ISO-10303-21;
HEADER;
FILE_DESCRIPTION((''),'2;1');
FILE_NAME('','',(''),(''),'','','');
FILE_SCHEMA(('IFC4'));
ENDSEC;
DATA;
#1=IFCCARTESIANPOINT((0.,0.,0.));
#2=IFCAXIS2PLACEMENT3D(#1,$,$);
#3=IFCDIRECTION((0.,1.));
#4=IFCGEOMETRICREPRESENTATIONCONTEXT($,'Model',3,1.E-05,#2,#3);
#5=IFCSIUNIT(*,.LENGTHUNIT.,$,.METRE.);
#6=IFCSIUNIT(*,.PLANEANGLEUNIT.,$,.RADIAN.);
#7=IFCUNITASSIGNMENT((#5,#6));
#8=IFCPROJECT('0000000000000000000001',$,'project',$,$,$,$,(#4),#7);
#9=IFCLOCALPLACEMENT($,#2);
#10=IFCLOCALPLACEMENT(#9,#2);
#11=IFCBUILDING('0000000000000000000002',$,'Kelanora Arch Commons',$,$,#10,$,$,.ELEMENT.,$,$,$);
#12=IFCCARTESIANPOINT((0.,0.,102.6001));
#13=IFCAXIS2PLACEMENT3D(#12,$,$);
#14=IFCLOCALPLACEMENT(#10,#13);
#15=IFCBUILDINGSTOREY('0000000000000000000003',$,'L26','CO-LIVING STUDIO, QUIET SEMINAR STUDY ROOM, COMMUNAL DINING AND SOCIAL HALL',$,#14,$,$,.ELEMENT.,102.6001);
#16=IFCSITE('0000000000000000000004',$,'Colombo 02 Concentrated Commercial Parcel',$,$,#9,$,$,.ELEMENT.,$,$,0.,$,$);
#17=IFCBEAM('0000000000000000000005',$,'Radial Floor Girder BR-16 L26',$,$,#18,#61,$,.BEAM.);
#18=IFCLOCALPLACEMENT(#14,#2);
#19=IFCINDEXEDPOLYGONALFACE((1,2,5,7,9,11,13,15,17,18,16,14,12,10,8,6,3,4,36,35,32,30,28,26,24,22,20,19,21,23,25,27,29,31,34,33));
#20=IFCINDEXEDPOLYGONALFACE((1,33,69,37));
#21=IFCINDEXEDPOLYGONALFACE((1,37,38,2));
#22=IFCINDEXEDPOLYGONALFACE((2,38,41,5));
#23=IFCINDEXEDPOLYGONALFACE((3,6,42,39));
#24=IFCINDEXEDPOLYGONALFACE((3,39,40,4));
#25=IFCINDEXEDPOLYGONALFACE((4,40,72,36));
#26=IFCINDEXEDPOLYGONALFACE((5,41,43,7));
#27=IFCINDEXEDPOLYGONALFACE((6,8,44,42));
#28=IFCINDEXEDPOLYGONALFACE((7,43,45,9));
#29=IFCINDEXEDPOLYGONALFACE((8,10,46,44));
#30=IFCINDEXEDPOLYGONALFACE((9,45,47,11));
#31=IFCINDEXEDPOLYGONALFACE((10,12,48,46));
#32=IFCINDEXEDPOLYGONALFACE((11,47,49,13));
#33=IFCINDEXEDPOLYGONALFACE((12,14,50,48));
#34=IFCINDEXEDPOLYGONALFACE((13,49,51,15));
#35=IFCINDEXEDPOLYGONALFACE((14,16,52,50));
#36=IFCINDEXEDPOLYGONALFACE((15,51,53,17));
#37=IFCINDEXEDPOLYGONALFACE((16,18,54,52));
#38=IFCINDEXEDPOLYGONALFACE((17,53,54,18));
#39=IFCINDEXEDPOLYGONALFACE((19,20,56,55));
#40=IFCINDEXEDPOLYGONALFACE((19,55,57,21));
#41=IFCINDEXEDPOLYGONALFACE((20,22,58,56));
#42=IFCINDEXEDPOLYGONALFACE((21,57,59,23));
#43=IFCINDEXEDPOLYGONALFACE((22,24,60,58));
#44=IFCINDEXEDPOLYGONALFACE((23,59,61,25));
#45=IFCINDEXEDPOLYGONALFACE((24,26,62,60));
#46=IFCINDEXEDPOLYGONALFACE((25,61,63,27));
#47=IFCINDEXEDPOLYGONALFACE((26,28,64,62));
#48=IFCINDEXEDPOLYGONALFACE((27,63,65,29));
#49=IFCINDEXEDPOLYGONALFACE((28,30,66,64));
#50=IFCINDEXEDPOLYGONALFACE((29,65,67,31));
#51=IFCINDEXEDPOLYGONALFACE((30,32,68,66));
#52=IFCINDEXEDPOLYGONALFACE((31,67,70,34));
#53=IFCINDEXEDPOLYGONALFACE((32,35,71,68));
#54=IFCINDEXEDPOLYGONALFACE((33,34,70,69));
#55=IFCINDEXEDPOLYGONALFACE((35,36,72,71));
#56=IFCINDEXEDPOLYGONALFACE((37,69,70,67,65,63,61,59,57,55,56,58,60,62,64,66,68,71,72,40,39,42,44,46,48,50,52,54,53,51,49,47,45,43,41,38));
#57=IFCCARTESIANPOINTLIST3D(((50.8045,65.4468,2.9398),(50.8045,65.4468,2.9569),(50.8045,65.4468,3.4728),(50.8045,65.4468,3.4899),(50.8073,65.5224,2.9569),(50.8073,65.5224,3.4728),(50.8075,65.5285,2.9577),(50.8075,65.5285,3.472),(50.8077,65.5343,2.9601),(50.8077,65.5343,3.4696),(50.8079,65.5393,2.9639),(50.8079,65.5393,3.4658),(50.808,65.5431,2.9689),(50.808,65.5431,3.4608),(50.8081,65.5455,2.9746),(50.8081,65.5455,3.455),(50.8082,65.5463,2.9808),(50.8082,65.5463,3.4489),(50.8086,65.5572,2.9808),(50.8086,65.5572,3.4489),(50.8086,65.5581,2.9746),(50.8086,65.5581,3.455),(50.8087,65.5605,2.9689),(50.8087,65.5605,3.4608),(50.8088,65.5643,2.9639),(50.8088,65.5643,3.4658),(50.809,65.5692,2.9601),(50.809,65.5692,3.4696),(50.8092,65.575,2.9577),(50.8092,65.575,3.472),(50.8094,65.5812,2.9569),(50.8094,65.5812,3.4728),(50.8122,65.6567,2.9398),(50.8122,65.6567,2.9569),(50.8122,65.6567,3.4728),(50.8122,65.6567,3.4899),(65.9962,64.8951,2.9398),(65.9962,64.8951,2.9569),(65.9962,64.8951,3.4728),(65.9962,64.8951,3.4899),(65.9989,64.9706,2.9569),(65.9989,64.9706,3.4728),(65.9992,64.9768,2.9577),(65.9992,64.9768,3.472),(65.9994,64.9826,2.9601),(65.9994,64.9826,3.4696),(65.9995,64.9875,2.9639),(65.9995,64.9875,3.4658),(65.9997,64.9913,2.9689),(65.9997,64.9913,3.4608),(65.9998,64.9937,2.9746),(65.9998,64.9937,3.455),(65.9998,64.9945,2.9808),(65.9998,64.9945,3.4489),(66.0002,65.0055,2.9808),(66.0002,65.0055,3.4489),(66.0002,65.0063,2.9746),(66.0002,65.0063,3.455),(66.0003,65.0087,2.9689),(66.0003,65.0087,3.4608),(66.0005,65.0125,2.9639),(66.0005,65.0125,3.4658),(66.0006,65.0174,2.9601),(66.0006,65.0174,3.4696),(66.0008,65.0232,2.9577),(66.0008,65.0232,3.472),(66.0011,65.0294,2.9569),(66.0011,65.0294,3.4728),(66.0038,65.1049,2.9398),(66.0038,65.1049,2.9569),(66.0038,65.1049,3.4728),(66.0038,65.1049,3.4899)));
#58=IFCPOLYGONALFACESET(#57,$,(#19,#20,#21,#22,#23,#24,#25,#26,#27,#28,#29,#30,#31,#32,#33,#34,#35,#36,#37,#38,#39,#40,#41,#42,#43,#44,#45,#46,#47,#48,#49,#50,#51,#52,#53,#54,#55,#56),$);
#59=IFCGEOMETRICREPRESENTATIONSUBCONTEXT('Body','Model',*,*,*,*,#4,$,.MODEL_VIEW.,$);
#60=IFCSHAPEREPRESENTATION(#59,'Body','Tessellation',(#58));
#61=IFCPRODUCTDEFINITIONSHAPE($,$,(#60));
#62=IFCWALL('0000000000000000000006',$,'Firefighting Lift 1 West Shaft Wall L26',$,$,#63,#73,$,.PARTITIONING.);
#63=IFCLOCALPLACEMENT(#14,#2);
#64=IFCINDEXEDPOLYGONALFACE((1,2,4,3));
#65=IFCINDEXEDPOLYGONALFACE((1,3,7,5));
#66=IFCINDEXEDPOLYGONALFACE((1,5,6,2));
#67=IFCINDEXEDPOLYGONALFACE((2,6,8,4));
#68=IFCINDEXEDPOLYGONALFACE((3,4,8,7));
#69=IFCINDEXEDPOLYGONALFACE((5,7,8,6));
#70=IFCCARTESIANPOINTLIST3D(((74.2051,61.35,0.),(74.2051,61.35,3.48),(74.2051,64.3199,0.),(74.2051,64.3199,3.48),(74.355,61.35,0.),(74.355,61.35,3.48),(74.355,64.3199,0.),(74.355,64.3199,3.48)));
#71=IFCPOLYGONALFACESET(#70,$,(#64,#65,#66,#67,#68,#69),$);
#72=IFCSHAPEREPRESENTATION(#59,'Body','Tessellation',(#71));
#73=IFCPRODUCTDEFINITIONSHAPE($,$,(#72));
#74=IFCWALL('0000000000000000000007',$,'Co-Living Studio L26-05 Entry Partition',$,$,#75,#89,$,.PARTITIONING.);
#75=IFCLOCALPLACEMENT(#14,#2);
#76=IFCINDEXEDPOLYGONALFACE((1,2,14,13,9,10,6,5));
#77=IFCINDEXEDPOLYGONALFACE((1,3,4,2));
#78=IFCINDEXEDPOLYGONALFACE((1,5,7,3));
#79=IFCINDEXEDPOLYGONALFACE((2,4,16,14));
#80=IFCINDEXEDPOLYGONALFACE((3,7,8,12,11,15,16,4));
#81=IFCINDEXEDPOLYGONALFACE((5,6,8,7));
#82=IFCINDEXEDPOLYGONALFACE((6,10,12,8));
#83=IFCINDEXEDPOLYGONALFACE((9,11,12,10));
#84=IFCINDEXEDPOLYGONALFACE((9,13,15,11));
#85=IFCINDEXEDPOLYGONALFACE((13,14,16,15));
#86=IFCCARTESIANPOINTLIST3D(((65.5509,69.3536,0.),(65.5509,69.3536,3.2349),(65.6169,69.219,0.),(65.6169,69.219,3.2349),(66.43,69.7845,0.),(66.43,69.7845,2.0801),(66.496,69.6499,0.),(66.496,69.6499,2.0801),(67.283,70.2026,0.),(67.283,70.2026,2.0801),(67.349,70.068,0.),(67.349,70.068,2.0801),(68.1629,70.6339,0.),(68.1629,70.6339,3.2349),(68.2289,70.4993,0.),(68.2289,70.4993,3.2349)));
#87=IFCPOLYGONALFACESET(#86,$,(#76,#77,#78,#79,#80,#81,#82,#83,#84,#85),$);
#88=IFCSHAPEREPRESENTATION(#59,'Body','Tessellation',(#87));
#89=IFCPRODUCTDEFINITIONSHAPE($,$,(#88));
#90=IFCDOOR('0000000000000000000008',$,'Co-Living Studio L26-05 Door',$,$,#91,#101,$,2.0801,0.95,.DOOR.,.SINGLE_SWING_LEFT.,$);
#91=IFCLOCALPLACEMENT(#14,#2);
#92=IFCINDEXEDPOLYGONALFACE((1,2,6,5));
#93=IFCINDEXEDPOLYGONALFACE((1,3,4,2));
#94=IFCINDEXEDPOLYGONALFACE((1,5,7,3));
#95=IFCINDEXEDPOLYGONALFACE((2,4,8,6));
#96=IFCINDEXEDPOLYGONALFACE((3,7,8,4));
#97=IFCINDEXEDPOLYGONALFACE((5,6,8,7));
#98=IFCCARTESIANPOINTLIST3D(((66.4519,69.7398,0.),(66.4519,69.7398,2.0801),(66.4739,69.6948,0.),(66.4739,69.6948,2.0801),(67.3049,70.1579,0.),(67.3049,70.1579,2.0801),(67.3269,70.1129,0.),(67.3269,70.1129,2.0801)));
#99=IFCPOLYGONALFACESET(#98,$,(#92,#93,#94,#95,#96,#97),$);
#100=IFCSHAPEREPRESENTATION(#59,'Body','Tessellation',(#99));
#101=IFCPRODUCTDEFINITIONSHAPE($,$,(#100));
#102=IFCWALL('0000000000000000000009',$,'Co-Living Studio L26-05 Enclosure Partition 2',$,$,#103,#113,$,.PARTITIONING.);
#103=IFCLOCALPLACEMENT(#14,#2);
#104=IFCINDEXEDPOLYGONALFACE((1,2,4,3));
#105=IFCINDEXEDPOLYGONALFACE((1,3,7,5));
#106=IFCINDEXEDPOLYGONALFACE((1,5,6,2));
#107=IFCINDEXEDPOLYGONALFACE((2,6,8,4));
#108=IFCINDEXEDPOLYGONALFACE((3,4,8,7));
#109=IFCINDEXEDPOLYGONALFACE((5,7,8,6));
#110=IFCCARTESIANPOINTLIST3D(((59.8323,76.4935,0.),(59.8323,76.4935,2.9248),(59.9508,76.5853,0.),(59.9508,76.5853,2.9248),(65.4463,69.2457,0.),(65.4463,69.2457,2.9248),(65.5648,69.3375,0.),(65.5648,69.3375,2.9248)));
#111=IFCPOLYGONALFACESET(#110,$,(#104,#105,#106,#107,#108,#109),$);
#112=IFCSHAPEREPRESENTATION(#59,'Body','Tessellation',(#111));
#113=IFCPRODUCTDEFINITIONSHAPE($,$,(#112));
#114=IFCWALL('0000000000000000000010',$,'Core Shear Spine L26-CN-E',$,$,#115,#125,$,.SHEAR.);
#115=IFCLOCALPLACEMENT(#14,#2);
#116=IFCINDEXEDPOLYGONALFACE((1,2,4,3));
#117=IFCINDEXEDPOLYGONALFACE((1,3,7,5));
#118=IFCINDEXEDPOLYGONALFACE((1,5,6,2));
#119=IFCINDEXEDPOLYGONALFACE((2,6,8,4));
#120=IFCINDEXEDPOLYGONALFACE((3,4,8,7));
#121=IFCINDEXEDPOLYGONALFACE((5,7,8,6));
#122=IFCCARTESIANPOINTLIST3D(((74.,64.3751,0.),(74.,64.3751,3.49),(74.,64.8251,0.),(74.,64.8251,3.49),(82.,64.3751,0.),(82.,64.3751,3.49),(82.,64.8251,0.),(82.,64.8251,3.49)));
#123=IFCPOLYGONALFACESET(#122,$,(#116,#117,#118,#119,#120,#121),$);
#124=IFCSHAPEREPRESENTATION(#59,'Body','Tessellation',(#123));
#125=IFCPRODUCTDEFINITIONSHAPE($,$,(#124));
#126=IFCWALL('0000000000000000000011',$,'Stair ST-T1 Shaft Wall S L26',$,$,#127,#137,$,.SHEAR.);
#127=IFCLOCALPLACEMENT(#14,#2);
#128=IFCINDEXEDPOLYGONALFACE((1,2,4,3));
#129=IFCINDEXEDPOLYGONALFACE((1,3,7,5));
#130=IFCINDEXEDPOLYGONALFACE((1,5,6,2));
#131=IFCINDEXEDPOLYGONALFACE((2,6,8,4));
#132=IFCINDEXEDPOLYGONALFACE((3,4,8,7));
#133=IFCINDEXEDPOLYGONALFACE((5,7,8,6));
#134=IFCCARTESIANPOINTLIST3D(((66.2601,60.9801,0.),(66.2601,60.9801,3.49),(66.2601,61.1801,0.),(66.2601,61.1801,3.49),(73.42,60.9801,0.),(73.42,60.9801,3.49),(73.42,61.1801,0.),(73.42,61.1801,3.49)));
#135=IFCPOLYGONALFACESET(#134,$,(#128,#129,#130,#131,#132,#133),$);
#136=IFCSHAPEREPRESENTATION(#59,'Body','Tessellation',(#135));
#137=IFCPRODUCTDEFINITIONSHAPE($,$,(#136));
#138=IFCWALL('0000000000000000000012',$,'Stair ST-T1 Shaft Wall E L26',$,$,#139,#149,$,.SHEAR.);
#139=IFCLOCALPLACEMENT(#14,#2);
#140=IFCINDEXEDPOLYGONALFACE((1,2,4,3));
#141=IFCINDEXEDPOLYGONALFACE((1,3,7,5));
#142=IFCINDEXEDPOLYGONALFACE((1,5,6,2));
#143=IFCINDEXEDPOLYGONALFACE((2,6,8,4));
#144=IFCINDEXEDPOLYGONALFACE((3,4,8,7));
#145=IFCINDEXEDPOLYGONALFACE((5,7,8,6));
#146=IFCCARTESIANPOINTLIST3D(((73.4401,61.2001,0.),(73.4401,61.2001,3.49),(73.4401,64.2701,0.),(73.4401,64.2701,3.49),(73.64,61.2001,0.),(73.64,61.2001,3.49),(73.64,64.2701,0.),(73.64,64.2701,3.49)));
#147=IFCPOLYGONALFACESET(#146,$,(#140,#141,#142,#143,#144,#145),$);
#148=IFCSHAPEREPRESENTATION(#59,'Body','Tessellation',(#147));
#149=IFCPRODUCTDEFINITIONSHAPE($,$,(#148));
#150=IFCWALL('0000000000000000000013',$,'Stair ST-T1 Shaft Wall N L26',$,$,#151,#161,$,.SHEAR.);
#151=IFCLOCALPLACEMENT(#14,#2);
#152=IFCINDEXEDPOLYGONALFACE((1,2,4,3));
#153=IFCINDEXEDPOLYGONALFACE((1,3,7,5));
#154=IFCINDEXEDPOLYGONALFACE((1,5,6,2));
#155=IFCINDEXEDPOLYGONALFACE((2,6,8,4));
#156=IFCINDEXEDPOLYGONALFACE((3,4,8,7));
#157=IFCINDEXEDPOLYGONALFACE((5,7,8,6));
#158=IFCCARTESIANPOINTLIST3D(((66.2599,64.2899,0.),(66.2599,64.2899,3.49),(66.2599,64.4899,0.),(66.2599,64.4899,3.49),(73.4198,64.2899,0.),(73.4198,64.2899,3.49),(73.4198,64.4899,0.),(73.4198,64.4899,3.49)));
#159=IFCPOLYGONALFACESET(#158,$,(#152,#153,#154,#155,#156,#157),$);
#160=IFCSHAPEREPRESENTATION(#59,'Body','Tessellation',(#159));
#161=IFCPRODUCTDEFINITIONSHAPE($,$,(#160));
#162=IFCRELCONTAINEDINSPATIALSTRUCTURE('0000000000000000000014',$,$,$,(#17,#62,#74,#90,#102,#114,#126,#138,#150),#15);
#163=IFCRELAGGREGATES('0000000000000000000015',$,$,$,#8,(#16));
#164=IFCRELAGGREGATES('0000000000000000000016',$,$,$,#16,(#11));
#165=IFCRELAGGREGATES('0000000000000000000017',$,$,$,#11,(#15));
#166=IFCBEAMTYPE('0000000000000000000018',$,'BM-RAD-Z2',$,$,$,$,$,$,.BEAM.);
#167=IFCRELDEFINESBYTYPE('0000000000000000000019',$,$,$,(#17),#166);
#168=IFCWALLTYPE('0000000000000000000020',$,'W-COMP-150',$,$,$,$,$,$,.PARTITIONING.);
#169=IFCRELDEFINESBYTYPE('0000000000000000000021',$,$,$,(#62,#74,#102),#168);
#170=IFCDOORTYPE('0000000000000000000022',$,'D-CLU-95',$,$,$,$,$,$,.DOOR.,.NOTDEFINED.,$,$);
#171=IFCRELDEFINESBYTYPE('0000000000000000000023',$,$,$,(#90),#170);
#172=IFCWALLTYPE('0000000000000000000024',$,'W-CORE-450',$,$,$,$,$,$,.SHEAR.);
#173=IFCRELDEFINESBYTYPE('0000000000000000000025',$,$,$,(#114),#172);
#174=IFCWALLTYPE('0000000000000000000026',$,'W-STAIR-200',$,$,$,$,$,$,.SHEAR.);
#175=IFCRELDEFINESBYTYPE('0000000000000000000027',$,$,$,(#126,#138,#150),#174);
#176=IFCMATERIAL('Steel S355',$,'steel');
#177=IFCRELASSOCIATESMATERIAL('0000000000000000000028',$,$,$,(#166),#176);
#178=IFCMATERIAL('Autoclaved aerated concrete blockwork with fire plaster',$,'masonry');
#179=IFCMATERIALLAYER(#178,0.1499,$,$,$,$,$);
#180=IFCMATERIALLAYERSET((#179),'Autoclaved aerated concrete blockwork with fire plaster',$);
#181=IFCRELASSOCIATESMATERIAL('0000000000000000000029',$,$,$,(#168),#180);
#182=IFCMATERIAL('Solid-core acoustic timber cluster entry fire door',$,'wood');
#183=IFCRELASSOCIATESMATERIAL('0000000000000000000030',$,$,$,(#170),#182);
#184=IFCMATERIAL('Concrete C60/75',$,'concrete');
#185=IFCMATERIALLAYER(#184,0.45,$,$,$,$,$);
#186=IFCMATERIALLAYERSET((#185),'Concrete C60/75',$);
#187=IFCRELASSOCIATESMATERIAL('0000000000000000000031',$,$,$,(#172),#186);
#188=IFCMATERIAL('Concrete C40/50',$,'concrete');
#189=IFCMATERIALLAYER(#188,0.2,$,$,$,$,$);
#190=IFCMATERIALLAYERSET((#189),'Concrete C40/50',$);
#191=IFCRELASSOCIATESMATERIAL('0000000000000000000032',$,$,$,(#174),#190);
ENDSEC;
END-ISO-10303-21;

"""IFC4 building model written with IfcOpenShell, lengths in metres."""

from ifc_helpers import new_model, si_unit, direction, frame, frame_2d, origin, origin_2d, place, context, subcontext, project, spatial, rectangle, i_section, extrude, material, layer, layer_set, material_profile, profile_set, type_object, element, fill, save


model = new_model("IFC4")

# Units and contexts
model_context = context("Model", 3, precision=1e-05, world=origin(), true_north=direction((0.0, 1.0)))
body_context = subcontext(model_context, "Body", "Model", "MODEL_VIEW")
ifc_project = project(units=[si_unit("LENGTHUNIT", "METRE"), si_unit("PLANEANGLEUNIT", "RADIAN")], contexts=[model_context])

# Site, building, storey
site_placement = place(None, origin())
site = spatial("IfcSite", under=ifc_project, at=site_placement, Name="Colombo 02 Concentrated Commercial Parcel", CompositionType="ELEMENT", RefElevation=0.0)
building_placement = place(site_placement, origin())
building = spatial("IfcBuilding", under=site, at=building_placement, Name="Kelanora Arch Commons", CompositionType="ELEMENT")
storey_placement = place(building_placement, frame((0.0, 0.0, 102.6001)))
storey = spatial("IfcBuildingStorey", under=building, at=storey_placement, Name="L26", Description="CO-LIVING STUDIO, QUIET SEMINAR STUDY ROOM, COMMUNAL DINING AND SOCIAL HALL", CompositionType="ELEMENT", Elevation=102.6001)

# Shared definitions
ifc_material_1 = material(Name="Concrete C60/75", Category="concrete")

# Beam
ifc_material_2 = material(Name="Steel S355", Category="steel")
ifc_material_profile_1 = material_profile(ifc_material_2, i_section(OverallWidth=0.21, OverallDepth=0.55, WebThickness=0.011, FlangeThickness=0.0171, FilletRadius=0.0239, at=origin_2d()), Name="IPE550")
ifc_profile_set_1 = profile_set([ifc_material_profile_1], Name="Steel S355")
beam_type_1 = type_object("IfcBeamType", Name="BM-RAD-Z2", PredefinedType="BEAM", material=ifc_profile_set_1)
beam_1_placement = place(storey_placement, frame((66.0, 65.0, 3.2148), z_axis=(-0.999341, 0.036296, 0.0), x_axis=(-0.036296, -0.999341, 0.0)))
element("IfcBeam", 1, at=beam_1_placement, inside=storey, type_object=beam_type_1, Name="Radial Floor Girder BR-16 L26", PredefinedType="BEAM", context=body_context, shape_type="SweptSolid", body=[
    extrude(i_section(OverallWidth=0.21, OverallDepth=0.55, WebThickness=0.011, FlangeThickness=0.0171, FilletRadius=0.0239, at=origin_2d()), origin(), (0.0, 0.0, 1.0), 15.2017),
])

# Wall
ifc_material_3 = material(Name="Autoclaved aerated concrete blockwork with fire plaster", Category="masonry")
ifc_layer_1 = layer(ifc_material_3, 0.1499)
ifc_layer_set_1 = layer_set([ifc_layer_1], Name="Autoclaved aerated concrete blockwork with fire plaster")
wall_type_1 = type_object("IfcWallType", Name="W-COMP-150", PredefinedType="PARTITIONING", material=ifc_layer_set_1)
wall_1_placement = place(storey_placement, frame((74.28, 61.3501, 0.0), z_axis=(0.0, 0.0, 1.0), x_axis=(0.0, 1.0, 0.0)))
element("IfcWall", 2, at=wall_1_placement, inside=storey, type_object=wall_type_1, Name="Firefighting Lift 1 West Shaft Wall L26", PredefinedType="PARTITIONING", context=body_context, shape_type="SweptSolid", body=[
    extrude(rectangle(XDim=2.97, YDim=0.1499, at=frame_2d((1.4849, 0.0))), origin(), (0.0, 0.0, 1.0), 3.48),
])

# Wall, opening, door
wall_2_placement = place(storey_placement, frame((68.196, 70.5667, 0.0), z_axis=(0.0, 0.0, 1.0), x_axis=(-0.897941, -0.440116, 0.0)))
wall_2 = element("IfcWall", 3, at=wall_2_placement, inside=storey, type_object=wall_type_1, Name="Co-Living Studio L26-05 Entry Partition", PredefinedType="PARTITIONING", context=body_context, shape_type="SweptSolid", body=[
    extrude(rectangle(XDim=2.9089, YDim=0.1499, at=frame_2d((1.4546, 0.0))), origin(), (0.0, 0.0, 1.0), 3.2349),
])
opening_1_placement = place(wall_2_placement, frame((0.98, 0.0, 0.0)))
opening_1 = element("IfcOpeningElement", 4, at=opening_1_placement, cuts=wall_2, PredefinedType="OPENING", context=body_context, shape_type="SweptSolid", body=[
    extrude(rectangle(XDim=0.95, YDim=2.0801, at=frame_2d((0.4751, 1.04))), frame((0.0, 0.085, 0.0), z_axis=(0.0, -1.0, 0.0), x_axis=(1.0, 0.0, 0.0)), (0.0, 0.0, 1.0), 0.1699),
])
ifc_material_4 = material(Name="Solid-core acoustic timber cluster entry fire door", Category="wood")
door_type_1 = type_object("IfcDoorType", Name="D-CLU-95", OperationType="NOTDEFINED", PredefinedType="DOOR", material=ifc_material_4)
door_1_placement = place(opening_1_placement, origin())
door_1 = element("IfcDoor", 5, at=door_1_placement, inside=storey, type_object=door_type_1, Name="Co-Living Studio L26-05 Door", OperationType="SINGLE_SWING_LEFT", OverallHeight=2.0801, OverallWidth=0.95, PredefinedType="DOOR", context=body_context, shape_type="SweptSolid", body=[
    extrude(rectangle(XDim=0.95, YDim=2.0801, at=frame_2d((0.4751, 1.04))), frame((0.0, 0.0249, 0.0), z_axis=(0.0, -1.0, 0.0), x_axis=(1.0, 0.0, 0.0)), (0.0, 0.0, 1.0), 0.05),
])
fill(opening_1, door_1)

# Walls
wall_3_placement = place(storey_placement, frame((65.5056, 69.2915, 0.0), z_axis=(0.0, 0.0, 1.0), x_axis=(-0.612365, 0.790575, 0.0)))
element("IfcWall", 6, at=wall_3_placement, inside=storey, type_object=wall_type_1, Name="Co-Living Studio L26-05 Enclosure Partition 2", PredefinedType="PARTITIONING", context=body_context, shape_type="SweptSolid", body=[
    extrude(rectangle(XDim=9.1677, YDim=0.1499, at=frame_2d((4.584, 0.0))), origin(), (0.0, 0.0, 1.0), 2.9248),
])
ifc_layer_2 = layer(ifc_material_1, 0.45)
ifc_layer_set_2 = layer_set([ifc_layer_2], Name="Concrete C60/75")
wall_type_2 = type_object("IfcWallType", Name="W-CORE-450", PredefinedType="SHEAR", material=ifc_layer_set_2)
wall_4_placement = place(storey_placement, frame((74.0, 64.6001, 0.0), z_axis=(0.0, 0.0, 1.0), x_axis=(1.0, 0.0, 0.0)))
element("IfcWall", 7, at=wall_4_placement, inside=storey, type_object=wall_type_2, Name="Core Shear Spine L26-CN-E", PredefinedType="SHEAR", context=body_context, shape_type="SweptSolid", body=[
    extrude(rectangle(XDim=8.0, YDim=0.45, at=frame_2d((4.0, 0.0))), origin(), (0.0, 0.0, 1.0), 3.49),
])

# Shared definitions
ifc_material_5 = material(Name="Concrete C40/50", Category="concrete")

# Walls
ifc_layer_3 = layer(ifc_material_5, 0.2)
ifc_layer_set_3 = layer_set([ifc_layer_3], Name="Concrete C40/50")
wall_type_3 = type_object("IfcWallType", Name="W-STAIR-200", PredefinedType="SHEAR", material=ifc_layer_set_3)
wall_5_placement = place(storey_placement, frame((66.26, 61.0801, 0.0), z_axis=(0.0, 0.0, 1.0), x_axis=(1.0, 0.0, 0.0)))
element("IfcWall", 8, at=wall_5_placement, inside=storey, type_object=wall_type_3, Name="Stair ST-T1 Shaft Wall S L26", PredefinedType="SHEAR", context=body_context, shape_type="SweptSolid", body=[
    extrude(rectangle(XDim=7.1599, YDim=0.2, at=frame_2d((3.5801, 0.0))), origin(), (0.0, 0.0, 1.0), 3.49),
])
wall_6_placement = place(storey_placement, frame((73.54, 61.2, 0.0), z_axis=(0.0, 0.0, 1.0), x_axis=(0.0, 1.0, 0.0)))
element("IfcWall", 9, at=wall_6_placement, inside=storey, type_object=wall_type_3, Name="Stair ST-T1 Shaft Wall E L26", PredefinedType="SHEAR", context=body_context, shape_type="SweptSolid", body=[
    extrude(rectangle(XDim=3.0701, YDim=0.2, at=frame_2d((1.5352, 0.0))), origin(), (0.0, 0.0, 1.0), 3.49),
])
wall_7_placement = place(storey_placement, frame((73.4199, 64.3899, 0.0), z_axis=(0.0, 0.0, 1.0), x_axis=(-1.0, 0.0, 0.0)))
element("IfcWall", 10, at=wall_7_placement, inside=storey, type_object=wall_type_3, Name="Stair ST-T1 Shaft Wall N L26", PredefinedType="SHEAR", context=body_context, shape_type="SweptSolid", body=[
    extrude(rectangle(XDim=7.1599, YDim=0.2, at=frame_2d((3.5801, 0.0))), origin(), (0.0, 0.0, 1.0), 3.49),
])

save(model, "model.ifc")
